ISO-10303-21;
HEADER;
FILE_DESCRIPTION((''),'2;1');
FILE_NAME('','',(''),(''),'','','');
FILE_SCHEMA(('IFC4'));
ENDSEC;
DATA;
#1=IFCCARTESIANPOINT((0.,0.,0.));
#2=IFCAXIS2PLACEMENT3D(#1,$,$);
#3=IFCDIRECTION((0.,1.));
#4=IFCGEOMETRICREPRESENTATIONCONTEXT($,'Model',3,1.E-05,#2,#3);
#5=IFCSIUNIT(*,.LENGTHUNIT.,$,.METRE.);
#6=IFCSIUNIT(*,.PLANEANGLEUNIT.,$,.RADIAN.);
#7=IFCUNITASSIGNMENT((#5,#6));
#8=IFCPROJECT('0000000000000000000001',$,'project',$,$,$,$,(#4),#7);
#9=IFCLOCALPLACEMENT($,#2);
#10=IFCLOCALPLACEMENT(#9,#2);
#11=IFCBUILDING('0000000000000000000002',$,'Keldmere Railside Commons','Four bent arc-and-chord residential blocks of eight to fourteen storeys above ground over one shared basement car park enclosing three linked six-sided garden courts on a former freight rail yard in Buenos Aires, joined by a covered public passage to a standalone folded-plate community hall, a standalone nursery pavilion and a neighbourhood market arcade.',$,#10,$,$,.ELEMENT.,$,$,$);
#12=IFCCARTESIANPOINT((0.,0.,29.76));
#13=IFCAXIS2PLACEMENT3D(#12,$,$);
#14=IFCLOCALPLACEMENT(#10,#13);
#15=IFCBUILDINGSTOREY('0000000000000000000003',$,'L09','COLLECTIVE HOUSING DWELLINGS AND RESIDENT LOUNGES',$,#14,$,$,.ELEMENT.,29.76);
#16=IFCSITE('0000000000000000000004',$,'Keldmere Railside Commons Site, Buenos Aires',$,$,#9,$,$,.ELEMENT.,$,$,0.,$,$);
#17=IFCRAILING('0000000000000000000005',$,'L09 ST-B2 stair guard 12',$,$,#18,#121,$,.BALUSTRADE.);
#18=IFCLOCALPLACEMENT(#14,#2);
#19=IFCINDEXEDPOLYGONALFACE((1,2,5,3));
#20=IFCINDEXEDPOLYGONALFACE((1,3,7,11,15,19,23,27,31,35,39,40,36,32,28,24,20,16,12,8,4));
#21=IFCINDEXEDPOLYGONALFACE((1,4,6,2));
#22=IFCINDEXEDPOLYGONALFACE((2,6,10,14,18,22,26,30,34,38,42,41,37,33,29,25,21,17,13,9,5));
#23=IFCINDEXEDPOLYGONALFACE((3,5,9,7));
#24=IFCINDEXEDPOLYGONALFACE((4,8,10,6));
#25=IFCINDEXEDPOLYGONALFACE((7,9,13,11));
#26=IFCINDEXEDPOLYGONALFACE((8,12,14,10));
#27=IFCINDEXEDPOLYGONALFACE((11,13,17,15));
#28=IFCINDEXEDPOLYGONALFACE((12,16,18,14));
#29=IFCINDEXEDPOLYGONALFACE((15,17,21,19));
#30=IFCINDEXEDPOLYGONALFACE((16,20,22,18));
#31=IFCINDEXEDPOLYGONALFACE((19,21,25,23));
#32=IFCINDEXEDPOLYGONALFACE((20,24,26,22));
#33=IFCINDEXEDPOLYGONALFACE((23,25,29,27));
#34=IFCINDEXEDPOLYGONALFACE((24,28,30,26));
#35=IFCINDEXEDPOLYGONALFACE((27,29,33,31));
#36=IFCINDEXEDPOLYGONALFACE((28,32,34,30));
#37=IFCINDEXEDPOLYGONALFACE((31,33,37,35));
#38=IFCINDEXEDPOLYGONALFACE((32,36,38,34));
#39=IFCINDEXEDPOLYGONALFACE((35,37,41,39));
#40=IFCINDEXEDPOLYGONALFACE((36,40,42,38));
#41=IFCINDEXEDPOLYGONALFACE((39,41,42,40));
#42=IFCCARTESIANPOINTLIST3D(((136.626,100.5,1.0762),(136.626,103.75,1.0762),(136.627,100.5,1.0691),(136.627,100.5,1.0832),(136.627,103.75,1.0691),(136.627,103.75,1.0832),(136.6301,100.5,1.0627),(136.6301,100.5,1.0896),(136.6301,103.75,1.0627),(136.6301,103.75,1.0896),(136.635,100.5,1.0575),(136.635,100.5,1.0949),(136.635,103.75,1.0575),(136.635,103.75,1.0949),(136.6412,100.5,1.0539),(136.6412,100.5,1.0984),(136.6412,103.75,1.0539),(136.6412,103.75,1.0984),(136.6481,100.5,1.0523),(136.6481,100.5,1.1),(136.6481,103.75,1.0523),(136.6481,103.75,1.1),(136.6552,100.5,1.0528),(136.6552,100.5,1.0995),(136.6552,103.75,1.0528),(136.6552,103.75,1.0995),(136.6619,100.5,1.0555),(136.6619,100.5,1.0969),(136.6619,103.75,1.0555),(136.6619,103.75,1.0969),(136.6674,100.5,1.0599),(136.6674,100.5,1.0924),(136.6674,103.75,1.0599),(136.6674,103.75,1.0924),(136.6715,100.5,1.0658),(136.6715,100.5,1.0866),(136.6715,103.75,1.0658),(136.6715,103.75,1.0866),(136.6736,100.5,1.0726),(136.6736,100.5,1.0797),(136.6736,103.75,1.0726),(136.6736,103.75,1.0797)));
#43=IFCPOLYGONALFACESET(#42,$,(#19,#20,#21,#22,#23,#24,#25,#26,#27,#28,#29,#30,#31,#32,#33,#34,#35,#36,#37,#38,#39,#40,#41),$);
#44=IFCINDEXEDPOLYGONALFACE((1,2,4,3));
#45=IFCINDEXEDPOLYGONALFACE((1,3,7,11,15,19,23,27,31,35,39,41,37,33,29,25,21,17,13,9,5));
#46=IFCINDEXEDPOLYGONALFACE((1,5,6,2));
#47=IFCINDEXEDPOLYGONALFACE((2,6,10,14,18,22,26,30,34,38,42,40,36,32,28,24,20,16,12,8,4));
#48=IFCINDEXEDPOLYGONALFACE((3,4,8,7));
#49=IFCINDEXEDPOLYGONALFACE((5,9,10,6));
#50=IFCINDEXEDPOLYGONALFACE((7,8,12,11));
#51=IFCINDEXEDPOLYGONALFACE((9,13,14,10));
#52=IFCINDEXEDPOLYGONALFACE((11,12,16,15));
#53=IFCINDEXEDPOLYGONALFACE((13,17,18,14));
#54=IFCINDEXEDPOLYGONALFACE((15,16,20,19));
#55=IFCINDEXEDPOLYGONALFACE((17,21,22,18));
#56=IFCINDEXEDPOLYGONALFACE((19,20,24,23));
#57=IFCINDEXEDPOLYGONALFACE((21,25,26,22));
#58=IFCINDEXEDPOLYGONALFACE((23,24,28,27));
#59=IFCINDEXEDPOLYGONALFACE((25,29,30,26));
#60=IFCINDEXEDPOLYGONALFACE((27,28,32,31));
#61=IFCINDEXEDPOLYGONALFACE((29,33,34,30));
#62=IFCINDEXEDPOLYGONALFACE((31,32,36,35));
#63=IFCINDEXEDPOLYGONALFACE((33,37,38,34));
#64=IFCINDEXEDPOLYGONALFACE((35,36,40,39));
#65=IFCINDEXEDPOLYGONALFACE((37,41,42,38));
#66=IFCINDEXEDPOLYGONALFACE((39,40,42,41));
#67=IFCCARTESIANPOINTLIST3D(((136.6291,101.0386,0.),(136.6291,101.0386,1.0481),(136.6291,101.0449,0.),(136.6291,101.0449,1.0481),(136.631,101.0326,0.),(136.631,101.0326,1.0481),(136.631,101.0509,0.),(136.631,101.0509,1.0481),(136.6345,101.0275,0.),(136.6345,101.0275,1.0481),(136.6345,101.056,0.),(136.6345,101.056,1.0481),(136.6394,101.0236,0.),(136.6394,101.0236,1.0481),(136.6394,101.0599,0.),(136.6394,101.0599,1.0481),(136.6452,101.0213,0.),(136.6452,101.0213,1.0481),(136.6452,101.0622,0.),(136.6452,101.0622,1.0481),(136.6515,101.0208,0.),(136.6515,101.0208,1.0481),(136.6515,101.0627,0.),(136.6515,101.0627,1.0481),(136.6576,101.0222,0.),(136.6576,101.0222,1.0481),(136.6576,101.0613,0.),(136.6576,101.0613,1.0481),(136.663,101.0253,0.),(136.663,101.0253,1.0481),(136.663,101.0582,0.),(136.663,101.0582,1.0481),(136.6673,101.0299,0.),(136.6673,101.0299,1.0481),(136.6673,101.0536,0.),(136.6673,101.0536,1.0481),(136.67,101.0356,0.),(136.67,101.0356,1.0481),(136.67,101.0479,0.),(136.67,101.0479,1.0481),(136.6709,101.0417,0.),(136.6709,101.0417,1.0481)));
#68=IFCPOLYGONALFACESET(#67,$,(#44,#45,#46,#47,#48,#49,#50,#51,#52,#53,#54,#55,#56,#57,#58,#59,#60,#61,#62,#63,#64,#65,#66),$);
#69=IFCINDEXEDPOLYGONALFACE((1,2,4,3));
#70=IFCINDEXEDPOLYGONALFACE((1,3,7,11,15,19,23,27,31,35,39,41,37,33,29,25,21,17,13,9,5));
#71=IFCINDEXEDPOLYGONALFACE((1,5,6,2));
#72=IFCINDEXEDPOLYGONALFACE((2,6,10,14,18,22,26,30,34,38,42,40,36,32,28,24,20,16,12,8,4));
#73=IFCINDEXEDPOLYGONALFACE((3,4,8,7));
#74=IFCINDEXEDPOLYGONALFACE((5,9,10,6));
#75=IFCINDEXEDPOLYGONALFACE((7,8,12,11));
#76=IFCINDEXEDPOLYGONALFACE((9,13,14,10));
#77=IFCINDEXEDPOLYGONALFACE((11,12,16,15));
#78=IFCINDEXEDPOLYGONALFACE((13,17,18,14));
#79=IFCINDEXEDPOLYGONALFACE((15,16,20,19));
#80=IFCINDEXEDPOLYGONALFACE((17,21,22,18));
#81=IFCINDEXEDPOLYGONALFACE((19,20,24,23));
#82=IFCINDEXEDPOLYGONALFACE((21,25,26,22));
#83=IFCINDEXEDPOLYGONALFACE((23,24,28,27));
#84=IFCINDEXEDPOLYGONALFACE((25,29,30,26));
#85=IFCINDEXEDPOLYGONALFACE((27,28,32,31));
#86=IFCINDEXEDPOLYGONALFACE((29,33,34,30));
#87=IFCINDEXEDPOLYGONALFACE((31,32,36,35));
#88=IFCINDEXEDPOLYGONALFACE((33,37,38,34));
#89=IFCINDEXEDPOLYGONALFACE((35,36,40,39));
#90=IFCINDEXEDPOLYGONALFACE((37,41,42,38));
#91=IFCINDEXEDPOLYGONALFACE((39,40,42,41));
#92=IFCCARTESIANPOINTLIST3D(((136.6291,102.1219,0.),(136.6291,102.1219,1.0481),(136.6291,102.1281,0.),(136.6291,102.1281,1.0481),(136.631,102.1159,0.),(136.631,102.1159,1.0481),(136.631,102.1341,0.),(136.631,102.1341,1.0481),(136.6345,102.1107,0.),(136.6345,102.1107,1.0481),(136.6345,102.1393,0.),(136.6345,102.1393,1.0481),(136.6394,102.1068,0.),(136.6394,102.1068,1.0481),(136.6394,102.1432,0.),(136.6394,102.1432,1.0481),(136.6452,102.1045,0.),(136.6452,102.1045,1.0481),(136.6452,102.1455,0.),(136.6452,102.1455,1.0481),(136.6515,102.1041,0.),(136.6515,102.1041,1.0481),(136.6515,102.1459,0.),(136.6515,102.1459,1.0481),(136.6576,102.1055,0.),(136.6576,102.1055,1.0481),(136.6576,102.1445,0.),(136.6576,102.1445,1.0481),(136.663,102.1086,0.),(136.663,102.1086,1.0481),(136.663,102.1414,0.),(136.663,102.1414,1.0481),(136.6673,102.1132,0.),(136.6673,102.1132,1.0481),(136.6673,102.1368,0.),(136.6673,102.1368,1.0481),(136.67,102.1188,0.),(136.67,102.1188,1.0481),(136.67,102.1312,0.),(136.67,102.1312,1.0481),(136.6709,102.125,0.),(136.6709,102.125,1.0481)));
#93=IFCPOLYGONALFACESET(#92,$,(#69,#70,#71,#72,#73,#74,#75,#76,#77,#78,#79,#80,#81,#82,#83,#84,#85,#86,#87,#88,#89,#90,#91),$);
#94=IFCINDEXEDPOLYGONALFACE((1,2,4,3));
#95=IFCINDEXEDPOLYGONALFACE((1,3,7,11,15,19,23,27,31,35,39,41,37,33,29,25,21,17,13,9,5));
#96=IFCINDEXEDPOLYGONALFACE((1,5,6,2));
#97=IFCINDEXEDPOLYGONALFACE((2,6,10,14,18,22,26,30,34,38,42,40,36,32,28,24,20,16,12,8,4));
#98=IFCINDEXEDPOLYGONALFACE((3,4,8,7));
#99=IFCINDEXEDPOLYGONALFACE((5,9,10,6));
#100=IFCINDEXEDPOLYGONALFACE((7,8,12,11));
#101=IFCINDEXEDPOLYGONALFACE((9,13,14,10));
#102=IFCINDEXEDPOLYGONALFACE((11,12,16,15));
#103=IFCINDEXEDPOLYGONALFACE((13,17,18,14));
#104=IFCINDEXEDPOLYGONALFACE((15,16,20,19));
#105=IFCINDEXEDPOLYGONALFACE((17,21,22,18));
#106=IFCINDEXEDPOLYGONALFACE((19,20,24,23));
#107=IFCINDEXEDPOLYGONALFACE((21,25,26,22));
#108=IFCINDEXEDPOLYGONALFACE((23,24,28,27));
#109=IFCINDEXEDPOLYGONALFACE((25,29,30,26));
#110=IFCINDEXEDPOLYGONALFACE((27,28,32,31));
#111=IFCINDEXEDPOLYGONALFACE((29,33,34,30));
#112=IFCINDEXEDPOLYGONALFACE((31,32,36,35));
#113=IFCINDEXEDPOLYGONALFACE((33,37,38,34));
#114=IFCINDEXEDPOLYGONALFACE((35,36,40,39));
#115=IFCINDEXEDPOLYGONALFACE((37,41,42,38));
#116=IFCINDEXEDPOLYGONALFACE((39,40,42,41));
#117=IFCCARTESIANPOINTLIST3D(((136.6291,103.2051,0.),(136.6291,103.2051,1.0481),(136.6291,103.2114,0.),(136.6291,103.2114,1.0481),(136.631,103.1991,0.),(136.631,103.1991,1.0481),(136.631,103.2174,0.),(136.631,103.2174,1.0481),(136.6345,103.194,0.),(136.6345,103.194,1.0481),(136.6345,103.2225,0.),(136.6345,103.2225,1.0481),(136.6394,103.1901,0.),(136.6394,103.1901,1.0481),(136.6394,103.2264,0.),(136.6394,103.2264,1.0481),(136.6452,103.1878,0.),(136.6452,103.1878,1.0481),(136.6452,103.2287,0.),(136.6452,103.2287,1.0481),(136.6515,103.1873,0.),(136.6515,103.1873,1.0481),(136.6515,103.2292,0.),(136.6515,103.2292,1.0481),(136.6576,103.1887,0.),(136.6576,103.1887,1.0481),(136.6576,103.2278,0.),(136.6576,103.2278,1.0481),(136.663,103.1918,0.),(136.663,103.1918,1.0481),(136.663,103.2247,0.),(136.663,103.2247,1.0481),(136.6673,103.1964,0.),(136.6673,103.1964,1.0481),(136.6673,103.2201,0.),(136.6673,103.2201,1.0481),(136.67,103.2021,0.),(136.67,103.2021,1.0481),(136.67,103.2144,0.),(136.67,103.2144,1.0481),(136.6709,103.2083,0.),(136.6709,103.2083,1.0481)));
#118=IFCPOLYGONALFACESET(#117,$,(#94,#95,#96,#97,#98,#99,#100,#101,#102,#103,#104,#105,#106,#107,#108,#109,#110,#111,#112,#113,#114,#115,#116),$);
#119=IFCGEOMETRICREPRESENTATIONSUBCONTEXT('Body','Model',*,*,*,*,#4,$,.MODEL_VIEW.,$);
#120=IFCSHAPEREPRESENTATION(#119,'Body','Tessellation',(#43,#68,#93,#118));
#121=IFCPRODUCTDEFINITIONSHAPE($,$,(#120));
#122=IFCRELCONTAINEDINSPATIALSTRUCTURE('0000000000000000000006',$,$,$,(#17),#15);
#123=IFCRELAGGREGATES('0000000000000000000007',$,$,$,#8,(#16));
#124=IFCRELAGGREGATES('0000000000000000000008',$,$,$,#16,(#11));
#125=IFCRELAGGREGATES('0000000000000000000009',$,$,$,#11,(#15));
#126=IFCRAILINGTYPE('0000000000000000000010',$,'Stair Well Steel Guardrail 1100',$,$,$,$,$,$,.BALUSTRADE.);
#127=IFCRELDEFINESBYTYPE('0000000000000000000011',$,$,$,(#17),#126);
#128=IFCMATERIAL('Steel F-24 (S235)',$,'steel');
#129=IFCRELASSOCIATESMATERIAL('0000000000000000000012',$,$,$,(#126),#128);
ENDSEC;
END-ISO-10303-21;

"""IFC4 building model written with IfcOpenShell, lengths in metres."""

from ifc_helpers import new_model, si_unit, direction, frame, origin, origin_2d, place, context, subcontext, project, spatial, circle, extrude, material, type_object, element, save


model = new_model("IFC4")

# Units and contexts
model_context = context("Model", 3, precision=1e-05, world=origin(), true_north=direction((0.0, 1.0)))
body_context = subcontext(model_context, "Body", "Model", "MODEL_VIEW")
ifc_project = project(units=[si_unit("LENGTHUNIT", "METRE"), si_unit("PLANEANGLEUNIT", "RADIAN")], contexts=[model_context])

# Site, building, storey
site_placement = place(None, origin())
site = spatial("IfcSite", under=ifc_project, at=site_placement, Name="Keldmere Railside Commons Site, Buenos Aires", CompositionType="ELEMENT", RefElevation=0.0)
building_placement = place(site_placement, origin())
building = spatial("IfcBuilding", under=site, at=building_placement, Name="Keldmere Railside Commons", Description="Four bent arc-and-chord residential blocks of eight to fourteen storeys above ground over one shared basement car park enclosing three linked six-sided garden courts on a former freight rail yard in Buenos Aires, joined by a covered public passage to a standalone folded-plate community hall, a standalone nursery pavilion and a neighbourhood market arcade.", CompositionType="ELEMENT")
storey_placement = place(building_placement, frame((0.0, 0.0, 29.76)))
storey = spatial("IfcBuildingStorey", under=building, at=storey_placement, Name="L09", Description="COLLECTIVE HOUSING DWELLINGS AND RESIDENT LOUNGES", CompositionType="ELEMENT", Elevation=29.76)

# Railing
ifc_material_1 = material(Name="Steel F-24 (S235)", Category="steel")
railing_type_1 = type_object("IfcRailingType", Name="Stair Well Steel Guardrail 1100", PredefinedType="BALUSTRADE", material=ifc_material_1)
railing_1_placement = place(storey_placement, frame((136.6499, 100.5, 0.0)))
element("IfcRailing", 1, at=railing_1_placement, inside=storey, type_object=railing_type_1, Name="L09 ST-B2 stair guard 12", PredefinedType="BALUSTRADE", context=body_context, shape_type="SweptSolid", body=[
    extrude(circle(Radius=0.0239, at=origin_2d()), frame((0.0, 0.0, 1.0762), z_axis=(0.0, 1.0, 0.0), x_axis=(-1.0, 0.0, 0.0)), (0.0, 0.0, 1.0), 3.25),
    extrude(circle(Radius=0.021, at=origin_2d()), frame((0.0, 0.5417, 0.0)), (0.0, 0.0, 1.0), 1.0481),
    extrude(circle(Radius=0.021, at=origin_2d()), frame((0.0, 1.625, 0.0)), (0.0, 0.0, 1.0), 1.0481),
    extrude(circle(Radius=0.021, at=origin_2d()), frame((0.0, 2.7083, 0.0)), (0.0, 0.0, 1.0), 1.0481),
])

save(model, "model.ifc")
